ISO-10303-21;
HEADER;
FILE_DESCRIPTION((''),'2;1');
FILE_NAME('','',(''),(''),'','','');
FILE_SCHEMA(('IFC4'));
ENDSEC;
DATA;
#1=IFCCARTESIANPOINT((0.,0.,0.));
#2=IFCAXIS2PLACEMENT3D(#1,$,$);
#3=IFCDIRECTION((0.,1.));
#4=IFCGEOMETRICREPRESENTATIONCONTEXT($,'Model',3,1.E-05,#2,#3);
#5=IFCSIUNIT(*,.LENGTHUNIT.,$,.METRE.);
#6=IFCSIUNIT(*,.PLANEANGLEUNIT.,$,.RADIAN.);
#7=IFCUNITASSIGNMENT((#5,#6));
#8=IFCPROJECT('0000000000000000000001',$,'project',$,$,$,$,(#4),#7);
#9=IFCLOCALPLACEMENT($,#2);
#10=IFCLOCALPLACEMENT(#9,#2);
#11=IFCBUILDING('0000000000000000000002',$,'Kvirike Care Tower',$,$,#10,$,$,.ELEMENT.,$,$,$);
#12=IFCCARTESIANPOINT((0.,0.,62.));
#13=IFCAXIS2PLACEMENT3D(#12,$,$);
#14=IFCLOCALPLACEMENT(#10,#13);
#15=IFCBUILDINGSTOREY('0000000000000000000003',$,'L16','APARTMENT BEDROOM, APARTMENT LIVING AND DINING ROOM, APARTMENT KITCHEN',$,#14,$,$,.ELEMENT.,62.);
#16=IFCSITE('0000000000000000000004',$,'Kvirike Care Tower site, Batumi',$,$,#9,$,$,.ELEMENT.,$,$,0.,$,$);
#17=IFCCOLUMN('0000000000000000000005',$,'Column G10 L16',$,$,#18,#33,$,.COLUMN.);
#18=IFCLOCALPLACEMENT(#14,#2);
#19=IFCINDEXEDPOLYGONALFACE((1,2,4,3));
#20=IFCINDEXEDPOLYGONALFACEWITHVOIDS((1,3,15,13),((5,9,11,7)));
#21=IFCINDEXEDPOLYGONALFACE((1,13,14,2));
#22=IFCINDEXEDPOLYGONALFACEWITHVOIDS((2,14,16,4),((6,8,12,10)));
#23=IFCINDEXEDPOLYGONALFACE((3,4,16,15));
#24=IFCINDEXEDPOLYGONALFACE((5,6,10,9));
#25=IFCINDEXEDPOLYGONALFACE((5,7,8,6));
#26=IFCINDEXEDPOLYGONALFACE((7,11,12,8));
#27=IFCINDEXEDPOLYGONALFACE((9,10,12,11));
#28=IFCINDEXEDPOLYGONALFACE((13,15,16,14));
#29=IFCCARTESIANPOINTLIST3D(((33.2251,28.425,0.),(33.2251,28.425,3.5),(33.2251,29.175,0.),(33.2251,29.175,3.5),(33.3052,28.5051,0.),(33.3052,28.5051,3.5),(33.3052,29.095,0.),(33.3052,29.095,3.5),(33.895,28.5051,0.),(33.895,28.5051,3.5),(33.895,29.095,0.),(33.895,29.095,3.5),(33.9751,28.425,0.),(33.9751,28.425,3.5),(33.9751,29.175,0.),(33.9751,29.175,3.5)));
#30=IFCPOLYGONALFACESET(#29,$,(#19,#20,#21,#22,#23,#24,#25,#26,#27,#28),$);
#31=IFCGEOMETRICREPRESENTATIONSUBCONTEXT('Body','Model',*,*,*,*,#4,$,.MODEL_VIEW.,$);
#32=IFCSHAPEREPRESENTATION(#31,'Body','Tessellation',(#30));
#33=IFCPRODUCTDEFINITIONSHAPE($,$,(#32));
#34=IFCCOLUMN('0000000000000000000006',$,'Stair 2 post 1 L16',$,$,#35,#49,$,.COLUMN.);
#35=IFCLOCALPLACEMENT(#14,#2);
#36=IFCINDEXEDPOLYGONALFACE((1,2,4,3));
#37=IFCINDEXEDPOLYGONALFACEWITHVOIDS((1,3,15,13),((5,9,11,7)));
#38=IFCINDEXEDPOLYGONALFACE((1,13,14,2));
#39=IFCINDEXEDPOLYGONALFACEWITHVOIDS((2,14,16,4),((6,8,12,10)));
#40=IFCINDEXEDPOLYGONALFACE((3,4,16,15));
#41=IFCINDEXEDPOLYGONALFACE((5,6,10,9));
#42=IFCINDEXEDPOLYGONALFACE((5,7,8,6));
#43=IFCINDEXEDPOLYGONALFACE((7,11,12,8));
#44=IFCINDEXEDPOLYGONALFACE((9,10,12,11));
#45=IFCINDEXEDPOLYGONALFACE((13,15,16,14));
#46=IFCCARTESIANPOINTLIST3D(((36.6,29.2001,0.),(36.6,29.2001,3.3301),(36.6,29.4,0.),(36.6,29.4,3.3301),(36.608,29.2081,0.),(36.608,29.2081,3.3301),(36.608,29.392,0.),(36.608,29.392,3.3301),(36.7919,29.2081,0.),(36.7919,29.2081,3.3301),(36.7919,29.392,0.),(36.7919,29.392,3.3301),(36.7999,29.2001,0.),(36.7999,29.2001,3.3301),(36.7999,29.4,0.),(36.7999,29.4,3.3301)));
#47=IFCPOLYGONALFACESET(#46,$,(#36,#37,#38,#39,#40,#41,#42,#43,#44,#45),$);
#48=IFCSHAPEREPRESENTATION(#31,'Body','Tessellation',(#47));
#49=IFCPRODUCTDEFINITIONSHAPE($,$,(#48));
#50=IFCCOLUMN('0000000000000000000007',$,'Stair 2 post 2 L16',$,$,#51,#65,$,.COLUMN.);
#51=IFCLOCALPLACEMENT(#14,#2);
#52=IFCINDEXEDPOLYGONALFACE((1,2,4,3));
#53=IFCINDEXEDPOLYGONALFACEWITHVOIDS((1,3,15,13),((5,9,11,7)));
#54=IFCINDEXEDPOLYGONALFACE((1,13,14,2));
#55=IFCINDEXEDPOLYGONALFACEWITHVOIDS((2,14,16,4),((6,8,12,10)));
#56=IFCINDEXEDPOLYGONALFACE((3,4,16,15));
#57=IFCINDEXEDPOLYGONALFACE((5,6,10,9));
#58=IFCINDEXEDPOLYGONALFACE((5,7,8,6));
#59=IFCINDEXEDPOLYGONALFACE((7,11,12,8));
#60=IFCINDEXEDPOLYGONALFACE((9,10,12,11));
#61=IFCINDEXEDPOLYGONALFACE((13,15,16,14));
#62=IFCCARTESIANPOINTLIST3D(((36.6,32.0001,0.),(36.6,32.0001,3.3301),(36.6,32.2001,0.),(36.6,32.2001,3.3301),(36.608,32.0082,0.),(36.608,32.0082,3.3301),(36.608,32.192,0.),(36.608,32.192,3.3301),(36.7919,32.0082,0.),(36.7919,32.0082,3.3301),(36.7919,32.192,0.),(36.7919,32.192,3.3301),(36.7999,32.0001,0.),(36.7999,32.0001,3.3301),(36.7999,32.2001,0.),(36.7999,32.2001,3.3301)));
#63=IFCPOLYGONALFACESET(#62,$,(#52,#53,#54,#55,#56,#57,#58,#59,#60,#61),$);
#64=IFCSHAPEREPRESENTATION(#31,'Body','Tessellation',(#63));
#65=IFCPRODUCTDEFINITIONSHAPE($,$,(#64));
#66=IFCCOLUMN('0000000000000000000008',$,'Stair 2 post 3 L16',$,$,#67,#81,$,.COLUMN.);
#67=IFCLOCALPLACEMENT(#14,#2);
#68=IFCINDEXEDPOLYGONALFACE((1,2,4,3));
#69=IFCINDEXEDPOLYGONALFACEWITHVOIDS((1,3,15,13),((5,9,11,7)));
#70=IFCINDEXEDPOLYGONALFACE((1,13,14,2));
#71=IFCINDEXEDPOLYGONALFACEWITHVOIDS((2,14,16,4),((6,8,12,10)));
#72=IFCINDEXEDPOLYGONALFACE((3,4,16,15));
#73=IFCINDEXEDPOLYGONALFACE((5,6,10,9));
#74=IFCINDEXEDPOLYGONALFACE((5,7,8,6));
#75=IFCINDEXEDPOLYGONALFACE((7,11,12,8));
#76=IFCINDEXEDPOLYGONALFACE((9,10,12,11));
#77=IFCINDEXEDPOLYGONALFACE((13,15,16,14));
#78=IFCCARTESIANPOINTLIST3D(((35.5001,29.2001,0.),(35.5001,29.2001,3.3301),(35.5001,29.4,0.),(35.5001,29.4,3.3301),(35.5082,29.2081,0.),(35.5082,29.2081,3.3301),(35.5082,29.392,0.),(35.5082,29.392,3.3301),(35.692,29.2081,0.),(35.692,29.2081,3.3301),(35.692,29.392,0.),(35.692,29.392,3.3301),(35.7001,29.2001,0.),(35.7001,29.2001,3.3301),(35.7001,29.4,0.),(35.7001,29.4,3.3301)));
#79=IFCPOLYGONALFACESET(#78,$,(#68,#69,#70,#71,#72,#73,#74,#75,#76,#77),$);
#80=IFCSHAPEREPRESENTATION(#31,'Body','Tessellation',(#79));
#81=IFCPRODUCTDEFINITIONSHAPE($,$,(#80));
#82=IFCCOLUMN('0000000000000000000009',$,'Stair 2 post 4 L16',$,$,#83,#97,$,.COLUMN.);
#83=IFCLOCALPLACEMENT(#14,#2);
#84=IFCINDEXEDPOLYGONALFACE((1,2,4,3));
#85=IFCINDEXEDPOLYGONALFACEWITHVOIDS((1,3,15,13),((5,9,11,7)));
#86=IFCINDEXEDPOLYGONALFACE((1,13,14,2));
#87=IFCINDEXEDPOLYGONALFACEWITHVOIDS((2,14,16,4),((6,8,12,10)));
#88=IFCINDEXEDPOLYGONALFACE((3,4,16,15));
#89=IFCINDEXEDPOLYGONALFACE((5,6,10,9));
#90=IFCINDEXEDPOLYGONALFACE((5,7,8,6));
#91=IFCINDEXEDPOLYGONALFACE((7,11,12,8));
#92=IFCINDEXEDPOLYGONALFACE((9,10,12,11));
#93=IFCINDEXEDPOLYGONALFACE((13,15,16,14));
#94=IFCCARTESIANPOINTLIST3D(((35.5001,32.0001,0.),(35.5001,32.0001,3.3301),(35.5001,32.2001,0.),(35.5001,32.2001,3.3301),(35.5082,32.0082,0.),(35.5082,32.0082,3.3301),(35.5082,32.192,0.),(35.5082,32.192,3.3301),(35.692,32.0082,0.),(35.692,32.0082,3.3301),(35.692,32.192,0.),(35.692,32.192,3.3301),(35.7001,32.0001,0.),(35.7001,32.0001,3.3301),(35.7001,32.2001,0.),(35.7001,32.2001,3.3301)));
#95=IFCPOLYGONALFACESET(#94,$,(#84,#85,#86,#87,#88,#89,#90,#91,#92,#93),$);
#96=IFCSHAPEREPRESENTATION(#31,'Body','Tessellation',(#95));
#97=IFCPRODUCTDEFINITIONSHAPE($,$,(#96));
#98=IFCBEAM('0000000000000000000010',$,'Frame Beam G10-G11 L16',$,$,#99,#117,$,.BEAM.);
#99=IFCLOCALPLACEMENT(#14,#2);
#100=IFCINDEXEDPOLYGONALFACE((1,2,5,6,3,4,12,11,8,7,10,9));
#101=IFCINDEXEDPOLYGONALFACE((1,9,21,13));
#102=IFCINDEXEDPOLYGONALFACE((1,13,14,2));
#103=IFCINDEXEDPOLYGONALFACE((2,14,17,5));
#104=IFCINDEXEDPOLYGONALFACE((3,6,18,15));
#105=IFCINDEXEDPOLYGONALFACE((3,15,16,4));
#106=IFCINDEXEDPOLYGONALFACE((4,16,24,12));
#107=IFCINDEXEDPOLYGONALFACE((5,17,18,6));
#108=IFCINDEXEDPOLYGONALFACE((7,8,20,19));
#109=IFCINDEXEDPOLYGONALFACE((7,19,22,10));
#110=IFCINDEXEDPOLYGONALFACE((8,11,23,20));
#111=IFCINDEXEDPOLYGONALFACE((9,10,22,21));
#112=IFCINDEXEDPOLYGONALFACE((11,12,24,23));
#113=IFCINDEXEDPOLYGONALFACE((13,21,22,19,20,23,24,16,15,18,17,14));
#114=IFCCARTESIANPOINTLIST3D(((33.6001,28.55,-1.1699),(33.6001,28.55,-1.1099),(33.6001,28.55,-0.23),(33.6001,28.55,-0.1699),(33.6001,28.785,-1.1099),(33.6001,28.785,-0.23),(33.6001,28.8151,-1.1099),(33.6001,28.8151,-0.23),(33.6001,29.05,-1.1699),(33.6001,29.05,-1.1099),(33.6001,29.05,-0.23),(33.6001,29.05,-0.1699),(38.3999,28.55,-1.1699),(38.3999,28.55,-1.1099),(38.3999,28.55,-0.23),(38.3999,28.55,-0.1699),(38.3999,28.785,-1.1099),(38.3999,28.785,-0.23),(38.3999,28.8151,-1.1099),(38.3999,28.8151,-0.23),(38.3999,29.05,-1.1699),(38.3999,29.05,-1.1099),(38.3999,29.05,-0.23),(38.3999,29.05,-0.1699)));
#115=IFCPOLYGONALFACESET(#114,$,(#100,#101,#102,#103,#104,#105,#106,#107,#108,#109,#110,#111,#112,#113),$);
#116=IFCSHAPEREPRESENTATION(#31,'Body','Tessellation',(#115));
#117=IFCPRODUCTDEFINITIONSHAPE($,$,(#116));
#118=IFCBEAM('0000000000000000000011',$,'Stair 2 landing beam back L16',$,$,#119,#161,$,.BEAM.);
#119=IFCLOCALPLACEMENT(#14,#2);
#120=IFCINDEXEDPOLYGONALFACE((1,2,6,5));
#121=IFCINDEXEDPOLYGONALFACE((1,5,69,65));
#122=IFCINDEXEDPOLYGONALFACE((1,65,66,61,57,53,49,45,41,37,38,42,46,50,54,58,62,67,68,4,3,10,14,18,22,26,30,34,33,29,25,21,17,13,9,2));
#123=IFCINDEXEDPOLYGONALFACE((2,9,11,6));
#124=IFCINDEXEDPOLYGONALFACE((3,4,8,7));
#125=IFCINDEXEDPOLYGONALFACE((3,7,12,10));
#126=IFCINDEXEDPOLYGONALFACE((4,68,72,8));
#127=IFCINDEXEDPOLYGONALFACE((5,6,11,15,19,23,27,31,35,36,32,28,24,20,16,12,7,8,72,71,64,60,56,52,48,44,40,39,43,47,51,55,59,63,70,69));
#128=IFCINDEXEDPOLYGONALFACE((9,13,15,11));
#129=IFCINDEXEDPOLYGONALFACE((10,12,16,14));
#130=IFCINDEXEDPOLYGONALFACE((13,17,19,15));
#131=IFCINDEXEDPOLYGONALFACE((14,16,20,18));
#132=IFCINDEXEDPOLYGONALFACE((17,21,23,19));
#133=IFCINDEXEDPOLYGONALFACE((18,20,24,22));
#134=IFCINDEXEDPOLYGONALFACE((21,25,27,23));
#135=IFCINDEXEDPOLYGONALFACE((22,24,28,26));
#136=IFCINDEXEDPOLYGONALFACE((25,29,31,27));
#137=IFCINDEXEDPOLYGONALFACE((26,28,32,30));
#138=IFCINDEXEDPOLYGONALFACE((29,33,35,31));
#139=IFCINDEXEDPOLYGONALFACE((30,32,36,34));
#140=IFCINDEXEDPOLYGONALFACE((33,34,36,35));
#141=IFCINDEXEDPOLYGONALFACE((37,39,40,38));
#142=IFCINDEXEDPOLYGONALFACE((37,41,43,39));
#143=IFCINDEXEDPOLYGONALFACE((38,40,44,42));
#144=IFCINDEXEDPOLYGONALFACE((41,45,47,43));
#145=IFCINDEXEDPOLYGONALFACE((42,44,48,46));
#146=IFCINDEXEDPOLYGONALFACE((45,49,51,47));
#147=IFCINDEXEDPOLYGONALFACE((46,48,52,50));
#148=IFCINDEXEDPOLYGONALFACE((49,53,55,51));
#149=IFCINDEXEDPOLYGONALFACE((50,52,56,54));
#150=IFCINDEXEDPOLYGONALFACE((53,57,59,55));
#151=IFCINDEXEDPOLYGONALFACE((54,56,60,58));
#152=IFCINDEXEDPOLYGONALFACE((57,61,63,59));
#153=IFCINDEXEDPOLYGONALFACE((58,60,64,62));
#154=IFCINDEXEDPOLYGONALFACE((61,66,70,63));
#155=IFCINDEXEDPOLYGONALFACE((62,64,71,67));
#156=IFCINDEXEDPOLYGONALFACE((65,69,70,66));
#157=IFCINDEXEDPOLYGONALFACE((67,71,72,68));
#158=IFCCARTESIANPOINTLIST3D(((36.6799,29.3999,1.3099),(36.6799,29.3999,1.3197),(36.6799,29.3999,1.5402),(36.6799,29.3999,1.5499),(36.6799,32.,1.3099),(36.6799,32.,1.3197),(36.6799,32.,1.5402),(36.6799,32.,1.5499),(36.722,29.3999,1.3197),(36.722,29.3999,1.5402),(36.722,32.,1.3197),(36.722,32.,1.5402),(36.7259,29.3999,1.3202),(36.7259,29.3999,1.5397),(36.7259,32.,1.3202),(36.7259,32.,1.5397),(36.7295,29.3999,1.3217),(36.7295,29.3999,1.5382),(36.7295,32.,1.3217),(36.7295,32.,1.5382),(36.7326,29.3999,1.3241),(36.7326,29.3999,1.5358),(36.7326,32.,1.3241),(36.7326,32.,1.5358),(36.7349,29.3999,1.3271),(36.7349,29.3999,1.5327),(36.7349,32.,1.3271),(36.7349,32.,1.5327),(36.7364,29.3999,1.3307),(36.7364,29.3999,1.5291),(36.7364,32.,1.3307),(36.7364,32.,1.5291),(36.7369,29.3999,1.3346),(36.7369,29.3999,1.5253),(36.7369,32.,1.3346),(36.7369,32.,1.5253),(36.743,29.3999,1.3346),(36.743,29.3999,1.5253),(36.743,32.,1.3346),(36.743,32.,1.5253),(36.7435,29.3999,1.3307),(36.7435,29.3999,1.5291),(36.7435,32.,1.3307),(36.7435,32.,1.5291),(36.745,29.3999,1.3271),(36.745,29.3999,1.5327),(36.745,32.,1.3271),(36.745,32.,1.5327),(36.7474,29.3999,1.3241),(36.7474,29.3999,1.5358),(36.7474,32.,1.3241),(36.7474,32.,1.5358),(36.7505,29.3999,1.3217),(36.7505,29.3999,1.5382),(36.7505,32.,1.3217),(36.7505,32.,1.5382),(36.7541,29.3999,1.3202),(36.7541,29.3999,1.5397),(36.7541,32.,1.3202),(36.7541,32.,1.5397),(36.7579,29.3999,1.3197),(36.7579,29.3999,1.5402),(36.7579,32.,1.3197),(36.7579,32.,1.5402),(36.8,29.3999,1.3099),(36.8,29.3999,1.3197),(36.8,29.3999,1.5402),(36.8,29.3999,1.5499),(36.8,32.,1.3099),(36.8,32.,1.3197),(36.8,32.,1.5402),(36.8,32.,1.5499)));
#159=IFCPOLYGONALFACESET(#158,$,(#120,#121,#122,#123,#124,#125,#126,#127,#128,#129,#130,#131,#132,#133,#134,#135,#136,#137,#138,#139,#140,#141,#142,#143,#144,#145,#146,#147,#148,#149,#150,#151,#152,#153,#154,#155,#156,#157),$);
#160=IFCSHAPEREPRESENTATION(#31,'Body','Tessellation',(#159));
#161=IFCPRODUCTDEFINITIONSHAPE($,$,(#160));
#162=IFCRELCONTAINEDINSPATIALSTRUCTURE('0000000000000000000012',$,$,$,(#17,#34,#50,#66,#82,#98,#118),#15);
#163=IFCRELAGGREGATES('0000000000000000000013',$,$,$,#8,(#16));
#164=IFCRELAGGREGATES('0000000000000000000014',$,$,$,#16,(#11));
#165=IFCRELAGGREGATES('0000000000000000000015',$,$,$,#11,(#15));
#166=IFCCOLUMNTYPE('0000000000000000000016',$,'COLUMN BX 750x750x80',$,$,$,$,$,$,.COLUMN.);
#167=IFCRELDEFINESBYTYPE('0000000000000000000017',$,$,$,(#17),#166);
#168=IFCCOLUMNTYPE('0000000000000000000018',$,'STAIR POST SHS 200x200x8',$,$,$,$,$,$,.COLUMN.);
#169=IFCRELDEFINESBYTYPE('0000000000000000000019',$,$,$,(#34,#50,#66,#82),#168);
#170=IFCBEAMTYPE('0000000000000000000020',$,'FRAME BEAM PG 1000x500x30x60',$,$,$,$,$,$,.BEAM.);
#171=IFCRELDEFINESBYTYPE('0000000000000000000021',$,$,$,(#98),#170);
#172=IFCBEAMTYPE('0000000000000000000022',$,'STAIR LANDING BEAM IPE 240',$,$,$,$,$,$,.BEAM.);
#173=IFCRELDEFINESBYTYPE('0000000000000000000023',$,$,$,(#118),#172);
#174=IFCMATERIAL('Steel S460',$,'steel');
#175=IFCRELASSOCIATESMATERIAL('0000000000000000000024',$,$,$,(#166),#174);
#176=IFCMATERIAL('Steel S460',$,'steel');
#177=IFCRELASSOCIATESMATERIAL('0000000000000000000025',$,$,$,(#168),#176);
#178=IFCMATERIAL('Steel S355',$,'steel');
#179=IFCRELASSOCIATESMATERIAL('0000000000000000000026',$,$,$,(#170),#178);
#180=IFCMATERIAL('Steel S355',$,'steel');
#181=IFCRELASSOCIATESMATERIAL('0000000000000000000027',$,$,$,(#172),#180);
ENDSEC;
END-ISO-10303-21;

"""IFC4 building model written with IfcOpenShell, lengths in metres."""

from ifc_helpers import new_model, si_unit, direction, frame, origin, origin_2d, place, context, subcontext, project, spatial, hollow_rectangle, i_section, extrude, material, material_profile, profile_set, type_object, element, save


model = new_model("IFC4")

# Units and contexts
model_context = context("Model", 3, precision=1e-05, world=origin(), true_north=direction((0.0, 1.0)))
body_context = subcontext(model_context, "Body", "Model", "MODEL_VIEW")
ifc_project = project(units=[si_unit("LENGTHUNIT", "METRE"), si_unit("PLANEANGLEUNIT", "RADIAN")], contexts=[model_context])

# Site, building, storey
site_placement = place(None, origin())
site = spatial("IfcSite", under=ifc_project, at=site_placement, Name="Kvirike Care Tower site, Batumi", CompositionType="ELEMENT", RefElevation=0.0)
building_placement = place(site_placement, origin())
building = spatial("IfcBuilding", under=site, at=building_placement, Name="Kvirike Care Tower", CompositionType="ELEMENT")
storey_placement = place(building_placement, frame((0.0, 0.0, 62.0)))
storey = spatial("IfcBuildingStorey", under=building, at=storey_placement, Name="L16", Description="APARTMENT BEDROOM, APARTMENT LIVING AND DINING ROOM, APARTMENT KITCHEN", CompositionType="ELEMENT", Elevation=62.0)

# Columns
ifc_material_1 = material(Name="Steel S460", Category="steel")
ifc_material_profile_1 = material_profile(ifc_material_1, hollow_rectangle(XDim=0.75, YDim=0.75, WallThickness=0.0801, at=origin_2d()), Name="BX 750x750x80")
ifc_profile_set_1 = profile_set([ifc_material_profile_1], Name="Steel S460")
column_type_1 = type_object("IfcColumnType", Name="COLUMN BX 750x750x80", PredefinedType="COLUMN", material=ifc_profile_set_1)
column_placement = place(storey_placement, frame((33.6001, 28.8, 0.0), z_axis=(0.0, 0.0, 1.0), x_axis=(0.0, 1.0, 0.0)))
element("IfcColumn", 1, at=column_placement, inside=storey, type_object=column_type_1, Name="Column G10 L16", PredefinedType="COLUMN", context=body_context, shape_type="SweptSolid", body=[
    extrude(hollow_rectangle(XDim=0.75, YDim=0.75, WallThickness=0.0801, at=origin_2d()), origin(), (0.0, 0.0, 1.0), 3.5),
])
ifc_material_2 = material(Name="Steel S460", Category="steel")
ifc_material_profile_2 = material_profile(ifc_material_2, hollow_rectangle(XDim=0.2, YDim=0.2, WallThickness=0.0081, at=origin_2d()), Name="SHS 200x200x8")
ifc_profile_set_2 = profile_set([ifc_material_profile_2], Name="Steel S460")
column_type_2 = type_object("IfcColumnType", Name="STAIR POST SHS 200x200x8", PredefinedType="COLUMN", material=ifc_profile_set_2)
for number, where, z_axis, x_axis, name in (
    (2, (36.7, 29.3, 0.0), (0.0, 0.0, 1.0), (1.0, 0.0, 0.0), "Stair 2 post 1 L16"),
    (3, (36.7, 32.1001, 0.0), (0.0, 0.0, 1.0), (1.0, 0.0, 0.0), "Stair 2 post 2 L16"),
    (4, (35.6001, 29.3, 0.0), (0.0, 0.0, 1.0), (1.0, 0.0, 0.0), "Stair 2 post 3 L16"),
    (5, (35.6001, 32.1001, 0.0), (0.0, 0.0, 1.0), (1.0, 0.0, 0.0), "Stair 2 post 4 L16"),
):
    element("IfcColumn", number, at=place(storey_placement, frame(where, z_axis=z_axis, x_axis=x_axis)), inside=storey, type_object=column_type_2, Name=name, PredefinedType="COLUMN", context=body_context, shape_type="SweptSolid", body=[
        extrude(hollow_rectangle(XDim=0.2, YDim=0.2, WallThickness=0.0081, at=origin_2d()), origin(), (0.0, 0.0, 1.0), 3.3301),
    ])

# Beams
ifc_material_3 = material(Name="Steel S355", Category="steel")
ifc_material_profile_3 = material_profile(ifc_material_3, i_section(OverallWidth=0.5, OverallDepth=1.0, WebThickness=0.03, FlangeThickness=0.0601, at=origin_2d()), Name="PG 1000x500x30x60")
ifc_profile_set_3 = profile_set([ifc_material_profile_3], Name="Steel S355")
beam_type_1 = type_object("IfcBeamType", Name="FRAME BEAM PG 1000x500x30x60", PredefinedType="BEAM", material=ifc_profile_set_3)
beam_placement = place(storey_placement, frame((33.6001, 28.8, -0.6699), z_axis=(1.0, 0.0, 0.0), x_axis=(0.0, 1.0, 0.0)))
element("IfcBeam", 6, at=beam_placement, inside=storey, type_object=beam_type_1, Name="Frame Beam G10-G11 L16", PredefinedType="BEAM", context=body_context, shape_type="SweptSolid", body=[
    extrude(i_section(OverallWidth=0.5, OverallDepth=1.0, WebThickness=0.03, FlangeThickness=0.0601, at=origin_2d()), origin(), (0.0, 0.0, 1.0), 4.7998),
])
ifc_material_4 = material(Name="Steel S355", Category="steel")
ifc_material_profile_4 = material_profile(ifc_material_4, i_section(OverallWidth=0.1201, OverallDepth=0.24, WebThickness=0.0061, FlangeThickness=0.0098, FilletRadius=0.0149, at=origin_2d()), Name="IPE 240")
ifc_profile_set_4 = profile_set([ifc_material_profile_4], Name="Steel S355")
beam_type_2 = type_object("IfcBeamType", Name="STAIR LANDING BEAM IPE 240", PredefinedType="BEAM", material=ifc_profile_set_4)
for number, where, z_axis, x_axis, name in (
    (7, (36.74, 29.3999, 1.4299), (0.0, 1.0, 0.0), (-1.0, 0.0, 0.0), "Stair 2 landing beam back L16"),
):
    element("IfcBeam", number, at=place(storey_placement, frame(where, z_axis=z_axis, x_axis=x_axis)), inside=storey, type_object=beam_type_2, Name=name, PredefinedType="BEAM", context=body_context, shape_type="SweptSolid", body=[
        extrude(i_section(OverallWidth=0.1201, OverallDepth=0.24, WebThickness=0.0061, FlangeThickness=0.0098, FilletRadius=0.0149, at=origin_2d()), origin(), (0.0, 0.0, 1.0), 2.6001),
    ])

save(model, "model.ifc")
